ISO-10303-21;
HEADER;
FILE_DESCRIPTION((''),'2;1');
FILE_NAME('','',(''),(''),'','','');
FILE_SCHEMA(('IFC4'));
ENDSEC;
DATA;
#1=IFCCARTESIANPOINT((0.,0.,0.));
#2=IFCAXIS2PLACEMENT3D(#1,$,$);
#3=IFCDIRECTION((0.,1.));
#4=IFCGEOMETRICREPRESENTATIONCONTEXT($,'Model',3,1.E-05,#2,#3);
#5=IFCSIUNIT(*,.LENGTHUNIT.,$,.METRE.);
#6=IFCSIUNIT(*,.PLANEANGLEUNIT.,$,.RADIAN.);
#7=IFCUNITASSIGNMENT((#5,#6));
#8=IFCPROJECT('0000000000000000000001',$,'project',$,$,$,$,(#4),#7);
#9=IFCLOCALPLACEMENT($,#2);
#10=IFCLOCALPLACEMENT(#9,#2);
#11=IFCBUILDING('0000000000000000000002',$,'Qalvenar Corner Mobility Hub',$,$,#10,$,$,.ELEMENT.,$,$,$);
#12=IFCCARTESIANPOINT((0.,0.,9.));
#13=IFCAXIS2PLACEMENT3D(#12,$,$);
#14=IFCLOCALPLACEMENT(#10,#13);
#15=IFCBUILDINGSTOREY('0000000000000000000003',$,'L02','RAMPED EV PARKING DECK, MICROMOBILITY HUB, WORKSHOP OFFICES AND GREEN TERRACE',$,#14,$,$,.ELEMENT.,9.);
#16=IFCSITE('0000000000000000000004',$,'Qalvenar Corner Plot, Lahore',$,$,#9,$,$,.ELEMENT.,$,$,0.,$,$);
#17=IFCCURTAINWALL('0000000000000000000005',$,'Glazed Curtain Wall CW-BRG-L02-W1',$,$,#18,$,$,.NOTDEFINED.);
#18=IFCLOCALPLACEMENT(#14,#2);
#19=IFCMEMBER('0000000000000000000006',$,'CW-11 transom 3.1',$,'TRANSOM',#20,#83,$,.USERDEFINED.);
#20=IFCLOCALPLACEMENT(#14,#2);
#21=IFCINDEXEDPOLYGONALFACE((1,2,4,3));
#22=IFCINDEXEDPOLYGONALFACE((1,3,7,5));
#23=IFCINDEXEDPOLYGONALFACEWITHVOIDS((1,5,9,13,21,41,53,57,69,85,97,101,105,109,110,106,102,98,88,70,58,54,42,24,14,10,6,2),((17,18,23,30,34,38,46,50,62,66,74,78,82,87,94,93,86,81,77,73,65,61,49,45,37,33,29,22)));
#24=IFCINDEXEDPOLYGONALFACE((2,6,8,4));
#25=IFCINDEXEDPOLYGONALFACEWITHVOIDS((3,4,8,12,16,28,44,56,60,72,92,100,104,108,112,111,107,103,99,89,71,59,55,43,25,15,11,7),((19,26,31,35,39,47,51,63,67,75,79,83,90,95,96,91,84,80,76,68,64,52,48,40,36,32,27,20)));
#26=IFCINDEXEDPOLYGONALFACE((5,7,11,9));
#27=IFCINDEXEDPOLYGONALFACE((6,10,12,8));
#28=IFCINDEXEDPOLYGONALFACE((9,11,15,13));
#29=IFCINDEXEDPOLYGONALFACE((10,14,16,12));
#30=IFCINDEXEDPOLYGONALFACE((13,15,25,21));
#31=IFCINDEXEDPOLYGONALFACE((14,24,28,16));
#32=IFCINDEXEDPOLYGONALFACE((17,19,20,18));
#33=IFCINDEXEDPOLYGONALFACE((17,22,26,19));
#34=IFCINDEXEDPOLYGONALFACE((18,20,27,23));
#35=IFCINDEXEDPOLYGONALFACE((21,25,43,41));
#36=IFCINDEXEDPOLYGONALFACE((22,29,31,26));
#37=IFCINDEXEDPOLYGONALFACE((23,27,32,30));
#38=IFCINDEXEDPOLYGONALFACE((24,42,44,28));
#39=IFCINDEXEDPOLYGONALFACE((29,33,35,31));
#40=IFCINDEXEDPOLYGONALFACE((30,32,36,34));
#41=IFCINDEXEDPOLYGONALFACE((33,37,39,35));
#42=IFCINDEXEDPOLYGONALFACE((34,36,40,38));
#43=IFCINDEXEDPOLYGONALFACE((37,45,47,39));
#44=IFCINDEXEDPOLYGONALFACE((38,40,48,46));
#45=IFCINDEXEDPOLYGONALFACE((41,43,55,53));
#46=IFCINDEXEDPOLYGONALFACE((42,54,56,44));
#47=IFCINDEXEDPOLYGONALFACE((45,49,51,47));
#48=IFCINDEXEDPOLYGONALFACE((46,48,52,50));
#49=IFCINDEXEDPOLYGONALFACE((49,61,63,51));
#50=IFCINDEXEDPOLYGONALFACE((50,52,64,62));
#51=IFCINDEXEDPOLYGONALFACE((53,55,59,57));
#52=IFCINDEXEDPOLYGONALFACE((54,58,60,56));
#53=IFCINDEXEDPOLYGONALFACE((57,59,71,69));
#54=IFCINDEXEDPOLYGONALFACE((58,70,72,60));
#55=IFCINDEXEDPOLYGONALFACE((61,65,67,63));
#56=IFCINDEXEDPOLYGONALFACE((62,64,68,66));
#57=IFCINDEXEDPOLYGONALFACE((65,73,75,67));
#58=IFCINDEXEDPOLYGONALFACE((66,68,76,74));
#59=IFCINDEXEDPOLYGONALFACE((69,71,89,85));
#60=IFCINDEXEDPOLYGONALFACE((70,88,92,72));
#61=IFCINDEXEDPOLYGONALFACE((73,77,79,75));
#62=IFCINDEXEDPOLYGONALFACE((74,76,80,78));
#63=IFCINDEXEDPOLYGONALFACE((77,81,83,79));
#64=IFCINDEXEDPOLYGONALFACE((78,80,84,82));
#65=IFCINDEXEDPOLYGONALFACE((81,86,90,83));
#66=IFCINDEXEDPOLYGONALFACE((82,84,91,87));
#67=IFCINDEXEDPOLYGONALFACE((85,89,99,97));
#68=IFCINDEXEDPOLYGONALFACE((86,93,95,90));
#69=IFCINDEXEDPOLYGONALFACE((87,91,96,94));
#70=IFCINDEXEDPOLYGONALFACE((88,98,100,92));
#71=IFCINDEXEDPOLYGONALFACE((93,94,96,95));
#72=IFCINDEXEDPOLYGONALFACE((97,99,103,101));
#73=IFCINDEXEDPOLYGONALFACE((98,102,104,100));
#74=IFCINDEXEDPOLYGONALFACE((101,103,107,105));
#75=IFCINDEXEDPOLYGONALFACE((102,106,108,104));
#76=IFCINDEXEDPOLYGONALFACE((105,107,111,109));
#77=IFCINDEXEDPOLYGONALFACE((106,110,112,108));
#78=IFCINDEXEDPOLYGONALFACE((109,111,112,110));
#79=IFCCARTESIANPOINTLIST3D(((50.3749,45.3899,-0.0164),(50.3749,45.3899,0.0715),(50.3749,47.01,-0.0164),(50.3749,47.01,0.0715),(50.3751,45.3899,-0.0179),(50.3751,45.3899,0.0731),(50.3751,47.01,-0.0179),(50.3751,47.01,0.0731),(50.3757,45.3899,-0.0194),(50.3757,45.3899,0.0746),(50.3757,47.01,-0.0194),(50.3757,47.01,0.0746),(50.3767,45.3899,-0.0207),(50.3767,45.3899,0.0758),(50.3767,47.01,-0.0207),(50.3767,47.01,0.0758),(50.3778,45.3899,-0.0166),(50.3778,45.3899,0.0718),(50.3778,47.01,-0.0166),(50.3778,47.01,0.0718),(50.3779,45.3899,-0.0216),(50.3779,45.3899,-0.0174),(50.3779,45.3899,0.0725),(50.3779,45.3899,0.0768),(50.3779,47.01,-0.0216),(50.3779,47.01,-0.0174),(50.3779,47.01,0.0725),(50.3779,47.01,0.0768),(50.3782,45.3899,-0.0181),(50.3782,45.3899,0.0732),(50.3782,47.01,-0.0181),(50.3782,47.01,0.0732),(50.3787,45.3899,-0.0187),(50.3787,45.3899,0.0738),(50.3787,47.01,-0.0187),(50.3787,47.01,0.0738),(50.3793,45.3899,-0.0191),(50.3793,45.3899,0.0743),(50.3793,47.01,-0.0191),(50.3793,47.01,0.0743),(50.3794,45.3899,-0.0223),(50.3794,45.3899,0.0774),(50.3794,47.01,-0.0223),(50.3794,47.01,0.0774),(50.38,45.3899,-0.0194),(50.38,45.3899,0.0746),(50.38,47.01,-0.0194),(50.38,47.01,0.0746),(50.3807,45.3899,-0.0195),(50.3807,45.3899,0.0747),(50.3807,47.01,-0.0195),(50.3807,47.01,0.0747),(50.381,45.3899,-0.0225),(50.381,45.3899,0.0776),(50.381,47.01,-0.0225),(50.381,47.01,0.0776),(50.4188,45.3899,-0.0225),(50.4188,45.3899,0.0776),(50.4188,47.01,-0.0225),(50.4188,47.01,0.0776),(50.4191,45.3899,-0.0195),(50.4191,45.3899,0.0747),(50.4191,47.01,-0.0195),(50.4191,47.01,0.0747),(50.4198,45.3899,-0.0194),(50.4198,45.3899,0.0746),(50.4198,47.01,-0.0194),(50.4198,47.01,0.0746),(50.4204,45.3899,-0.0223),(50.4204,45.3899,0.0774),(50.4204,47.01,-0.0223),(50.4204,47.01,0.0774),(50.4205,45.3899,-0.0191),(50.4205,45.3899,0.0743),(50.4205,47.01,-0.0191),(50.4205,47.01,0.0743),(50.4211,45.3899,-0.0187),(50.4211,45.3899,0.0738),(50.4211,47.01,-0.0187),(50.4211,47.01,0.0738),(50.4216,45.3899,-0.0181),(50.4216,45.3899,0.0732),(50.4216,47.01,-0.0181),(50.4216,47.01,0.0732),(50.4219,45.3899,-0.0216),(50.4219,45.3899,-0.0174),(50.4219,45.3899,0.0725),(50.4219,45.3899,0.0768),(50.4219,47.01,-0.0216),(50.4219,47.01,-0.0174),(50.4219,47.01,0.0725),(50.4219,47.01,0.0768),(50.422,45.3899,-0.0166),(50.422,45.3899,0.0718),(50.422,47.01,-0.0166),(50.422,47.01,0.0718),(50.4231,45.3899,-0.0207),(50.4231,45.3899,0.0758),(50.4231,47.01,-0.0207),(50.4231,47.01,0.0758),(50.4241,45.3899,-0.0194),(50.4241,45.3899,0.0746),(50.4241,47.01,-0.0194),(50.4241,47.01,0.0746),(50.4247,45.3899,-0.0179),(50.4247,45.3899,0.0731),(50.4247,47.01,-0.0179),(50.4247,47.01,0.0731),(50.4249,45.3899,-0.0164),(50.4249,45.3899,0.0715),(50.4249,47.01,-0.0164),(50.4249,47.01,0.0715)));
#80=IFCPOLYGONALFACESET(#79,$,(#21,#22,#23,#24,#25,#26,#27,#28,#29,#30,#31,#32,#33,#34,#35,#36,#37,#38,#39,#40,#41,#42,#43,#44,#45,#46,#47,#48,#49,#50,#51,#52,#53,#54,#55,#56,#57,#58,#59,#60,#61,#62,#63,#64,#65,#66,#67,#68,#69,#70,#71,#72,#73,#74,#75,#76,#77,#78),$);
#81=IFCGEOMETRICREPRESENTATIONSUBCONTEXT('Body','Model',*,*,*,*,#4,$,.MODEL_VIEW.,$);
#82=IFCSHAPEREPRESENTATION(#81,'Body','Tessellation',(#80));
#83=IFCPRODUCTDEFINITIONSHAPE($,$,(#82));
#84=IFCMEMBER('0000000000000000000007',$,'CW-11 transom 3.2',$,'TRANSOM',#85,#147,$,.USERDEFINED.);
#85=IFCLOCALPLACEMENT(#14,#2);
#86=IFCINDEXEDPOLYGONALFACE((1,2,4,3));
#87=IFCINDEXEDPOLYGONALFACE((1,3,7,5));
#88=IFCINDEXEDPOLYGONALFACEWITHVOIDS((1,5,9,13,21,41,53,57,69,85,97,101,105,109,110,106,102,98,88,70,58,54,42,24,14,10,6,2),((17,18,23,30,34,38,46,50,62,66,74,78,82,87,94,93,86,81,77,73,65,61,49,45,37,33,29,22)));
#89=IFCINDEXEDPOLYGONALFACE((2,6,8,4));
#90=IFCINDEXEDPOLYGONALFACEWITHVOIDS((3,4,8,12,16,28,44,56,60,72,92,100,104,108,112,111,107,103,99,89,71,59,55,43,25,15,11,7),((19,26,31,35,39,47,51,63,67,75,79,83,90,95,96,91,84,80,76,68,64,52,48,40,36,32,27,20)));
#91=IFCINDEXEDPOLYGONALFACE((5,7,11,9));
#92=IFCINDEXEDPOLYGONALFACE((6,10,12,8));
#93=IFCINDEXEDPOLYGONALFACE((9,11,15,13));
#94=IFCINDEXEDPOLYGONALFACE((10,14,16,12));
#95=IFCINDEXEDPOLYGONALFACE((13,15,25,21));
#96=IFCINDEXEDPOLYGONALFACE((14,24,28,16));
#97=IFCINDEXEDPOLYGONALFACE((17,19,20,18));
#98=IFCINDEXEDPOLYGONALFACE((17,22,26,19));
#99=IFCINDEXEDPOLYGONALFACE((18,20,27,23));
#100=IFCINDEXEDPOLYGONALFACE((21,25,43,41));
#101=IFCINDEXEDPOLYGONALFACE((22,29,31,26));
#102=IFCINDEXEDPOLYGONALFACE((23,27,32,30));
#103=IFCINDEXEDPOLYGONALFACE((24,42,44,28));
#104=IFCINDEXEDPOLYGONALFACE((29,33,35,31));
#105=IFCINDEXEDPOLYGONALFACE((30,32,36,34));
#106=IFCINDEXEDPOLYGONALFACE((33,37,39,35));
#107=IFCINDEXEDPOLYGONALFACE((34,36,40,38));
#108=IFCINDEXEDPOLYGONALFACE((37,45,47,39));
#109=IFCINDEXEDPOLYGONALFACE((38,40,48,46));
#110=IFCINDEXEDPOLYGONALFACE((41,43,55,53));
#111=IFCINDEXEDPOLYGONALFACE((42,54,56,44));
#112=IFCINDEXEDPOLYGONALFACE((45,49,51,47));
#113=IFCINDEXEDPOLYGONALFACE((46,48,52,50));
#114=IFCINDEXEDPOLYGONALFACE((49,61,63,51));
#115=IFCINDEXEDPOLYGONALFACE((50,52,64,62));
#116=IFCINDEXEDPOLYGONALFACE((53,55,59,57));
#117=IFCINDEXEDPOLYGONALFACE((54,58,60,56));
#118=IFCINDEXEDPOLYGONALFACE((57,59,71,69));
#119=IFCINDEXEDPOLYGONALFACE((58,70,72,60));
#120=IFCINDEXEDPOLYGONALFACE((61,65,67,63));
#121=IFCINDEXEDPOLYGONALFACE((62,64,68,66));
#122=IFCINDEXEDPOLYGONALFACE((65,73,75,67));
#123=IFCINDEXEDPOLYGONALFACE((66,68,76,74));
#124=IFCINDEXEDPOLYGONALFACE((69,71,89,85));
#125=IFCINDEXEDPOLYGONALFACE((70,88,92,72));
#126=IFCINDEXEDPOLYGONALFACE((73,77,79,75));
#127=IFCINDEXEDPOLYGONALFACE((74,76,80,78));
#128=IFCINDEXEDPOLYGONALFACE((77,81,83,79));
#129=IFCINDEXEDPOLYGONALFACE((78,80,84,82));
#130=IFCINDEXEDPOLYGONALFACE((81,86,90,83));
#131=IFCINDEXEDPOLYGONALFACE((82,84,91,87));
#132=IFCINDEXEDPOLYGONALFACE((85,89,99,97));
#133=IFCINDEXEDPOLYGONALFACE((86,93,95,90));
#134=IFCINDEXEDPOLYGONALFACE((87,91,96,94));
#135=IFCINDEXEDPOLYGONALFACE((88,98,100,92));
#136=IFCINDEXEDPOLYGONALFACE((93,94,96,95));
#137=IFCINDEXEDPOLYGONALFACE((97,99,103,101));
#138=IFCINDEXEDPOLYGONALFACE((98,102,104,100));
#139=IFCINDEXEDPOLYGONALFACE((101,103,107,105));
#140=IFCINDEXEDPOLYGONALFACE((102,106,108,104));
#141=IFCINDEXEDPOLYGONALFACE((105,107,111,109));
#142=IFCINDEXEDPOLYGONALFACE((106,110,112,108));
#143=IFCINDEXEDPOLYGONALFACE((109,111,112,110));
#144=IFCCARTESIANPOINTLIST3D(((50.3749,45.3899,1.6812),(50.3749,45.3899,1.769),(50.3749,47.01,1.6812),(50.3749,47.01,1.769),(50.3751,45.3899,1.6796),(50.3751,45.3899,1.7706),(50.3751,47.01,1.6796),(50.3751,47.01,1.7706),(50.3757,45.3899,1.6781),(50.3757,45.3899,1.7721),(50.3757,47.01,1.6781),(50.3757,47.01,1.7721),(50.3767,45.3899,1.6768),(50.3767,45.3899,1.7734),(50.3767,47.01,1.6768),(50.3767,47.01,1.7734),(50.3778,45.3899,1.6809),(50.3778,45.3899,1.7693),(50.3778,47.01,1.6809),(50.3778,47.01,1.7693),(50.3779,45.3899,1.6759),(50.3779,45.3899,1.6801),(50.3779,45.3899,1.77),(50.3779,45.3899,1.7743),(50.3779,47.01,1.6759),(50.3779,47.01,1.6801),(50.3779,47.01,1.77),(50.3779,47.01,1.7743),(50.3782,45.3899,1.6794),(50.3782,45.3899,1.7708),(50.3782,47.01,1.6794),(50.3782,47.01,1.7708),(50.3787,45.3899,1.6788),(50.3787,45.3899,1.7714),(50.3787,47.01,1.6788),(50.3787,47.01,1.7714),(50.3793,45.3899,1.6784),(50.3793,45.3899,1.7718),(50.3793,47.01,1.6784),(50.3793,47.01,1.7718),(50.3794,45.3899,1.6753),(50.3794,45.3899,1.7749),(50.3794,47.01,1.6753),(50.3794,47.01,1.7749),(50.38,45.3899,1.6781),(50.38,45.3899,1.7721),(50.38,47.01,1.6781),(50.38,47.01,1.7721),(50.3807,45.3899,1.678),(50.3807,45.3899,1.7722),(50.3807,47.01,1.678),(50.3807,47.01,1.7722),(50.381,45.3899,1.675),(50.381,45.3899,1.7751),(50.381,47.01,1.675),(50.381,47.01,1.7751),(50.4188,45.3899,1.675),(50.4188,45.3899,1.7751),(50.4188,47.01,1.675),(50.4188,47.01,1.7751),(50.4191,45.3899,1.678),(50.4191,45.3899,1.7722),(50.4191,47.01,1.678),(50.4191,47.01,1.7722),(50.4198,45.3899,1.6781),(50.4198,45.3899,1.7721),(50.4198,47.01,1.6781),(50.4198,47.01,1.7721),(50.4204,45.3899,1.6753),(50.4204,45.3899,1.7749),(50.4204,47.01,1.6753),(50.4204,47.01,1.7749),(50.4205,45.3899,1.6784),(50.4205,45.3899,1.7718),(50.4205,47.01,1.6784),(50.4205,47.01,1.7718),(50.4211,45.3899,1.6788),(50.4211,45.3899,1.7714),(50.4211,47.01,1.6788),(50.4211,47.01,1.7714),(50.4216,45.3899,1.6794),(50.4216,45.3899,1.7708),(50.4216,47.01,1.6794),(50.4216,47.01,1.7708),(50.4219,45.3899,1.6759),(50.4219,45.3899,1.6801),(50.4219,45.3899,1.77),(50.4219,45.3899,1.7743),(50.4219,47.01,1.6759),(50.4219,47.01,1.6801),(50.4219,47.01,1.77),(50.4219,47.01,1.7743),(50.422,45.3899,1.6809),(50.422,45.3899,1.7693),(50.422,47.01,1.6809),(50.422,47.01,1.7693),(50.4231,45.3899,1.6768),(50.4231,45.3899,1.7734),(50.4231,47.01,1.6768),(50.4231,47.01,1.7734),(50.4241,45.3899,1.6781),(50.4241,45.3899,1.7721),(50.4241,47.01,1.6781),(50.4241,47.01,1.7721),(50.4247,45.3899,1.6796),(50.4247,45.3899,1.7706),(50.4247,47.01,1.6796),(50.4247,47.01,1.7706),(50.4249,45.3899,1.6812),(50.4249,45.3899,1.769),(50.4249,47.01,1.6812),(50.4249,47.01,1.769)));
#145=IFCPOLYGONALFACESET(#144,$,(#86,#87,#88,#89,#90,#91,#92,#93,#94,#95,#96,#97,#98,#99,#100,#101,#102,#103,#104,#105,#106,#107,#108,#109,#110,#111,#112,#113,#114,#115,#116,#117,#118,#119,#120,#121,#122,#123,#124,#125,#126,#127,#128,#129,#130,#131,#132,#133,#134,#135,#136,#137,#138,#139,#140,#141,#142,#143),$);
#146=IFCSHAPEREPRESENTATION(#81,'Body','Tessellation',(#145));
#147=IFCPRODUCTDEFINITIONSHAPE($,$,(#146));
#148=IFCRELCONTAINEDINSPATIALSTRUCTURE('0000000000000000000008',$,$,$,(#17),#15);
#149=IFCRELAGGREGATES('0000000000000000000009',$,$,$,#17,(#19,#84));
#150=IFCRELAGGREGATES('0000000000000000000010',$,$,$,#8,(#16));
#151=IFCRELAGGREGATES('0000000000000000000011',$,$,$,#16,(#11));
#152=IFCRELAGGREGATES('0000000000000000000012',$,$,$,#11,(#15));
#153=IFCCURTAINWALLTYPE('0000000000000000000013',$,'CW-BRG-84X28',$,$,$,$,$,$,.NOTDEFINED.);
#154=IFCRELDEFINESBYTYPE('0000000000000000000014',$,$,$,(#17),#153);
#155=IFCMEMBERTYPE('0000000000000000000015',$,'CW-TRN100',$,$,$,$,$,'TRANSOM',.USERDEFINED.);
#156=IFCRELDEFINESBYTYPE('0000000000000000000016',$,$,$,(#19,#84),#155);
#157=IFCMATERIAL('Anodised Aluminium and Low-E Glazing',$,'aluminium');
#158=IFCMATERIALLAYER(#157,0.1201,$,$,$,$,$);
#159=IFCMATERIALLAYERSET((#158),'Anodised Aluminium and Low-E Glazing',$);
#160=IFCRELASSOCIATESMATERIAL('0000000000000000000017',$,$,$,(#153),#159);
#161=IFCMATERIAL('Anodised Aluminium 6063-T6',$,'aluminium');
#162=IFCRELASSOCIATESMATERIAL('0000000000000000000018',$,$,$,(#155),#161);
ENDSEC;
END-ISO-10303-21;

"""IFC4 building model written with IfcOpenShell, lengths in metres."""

from ifc_helpers import new_model, si_unit, direction, frame, origin, origin_2d, place, context, subcontext, project, spatial, hollow_rectangle, extrude, material, layer, layer_set, material_profile, profile_set, type_object, element, aggregate, save


model = new_model("IFC4")

# Units and contexts
model_context = context("Model", 3, precision=1e-05, world=origin(), true_north=direction((0.0, 1.0)))
body_context = subcontext(model_context, "Body", "Model", "MODEL_VIEW")
ifc_project = project(units=[si_unit("LENGTHUNIT", "METRE"), si_unit("PLANEANGLEUNIT", "RADIAN")], contexts=[model_context])

# Site, building, storey
site_placement = place(None, origin())
site = spatial("IfcSite", under=ifc_project, at=site_placement, Name="Qalvenar Corner Plot, Lahore", CompositionType="ELEMENT", RefElevation=0.0)
building_placement = place(site_placement, origin())
building = spatial("IfcBuilding", under=site, at=building_placement, Name="Qalvenar Corner Mobility Hub", CompositionType="ELEMENT")
storey_placement = place(building_placement, frame((0.0, 0.0, 9.0)))
storey = spatial("IfcBuildingStorey", under=building, at=storey_placement, Name="L02", Description="RAMPED EV PARKING DECK, MICROMOBILITY HUB, WORKSHOP OFFICES AND GREEN TERRACE", CompositionType="ELEMENT", Elevation=9.0)

# Curtain wall, members
ifc_material_1 = material(Name="Anodised Aluminium and Low-E Glazing", Category="aluminium")
ifc_layer_1 = layer(ifc_material_1, 0.1201)
ifc_layer_set_1 = layer_set([ifc_layer_1], Name="Anodised Aluminium and Low-E Glazing")
curtain_wall_type = type_object("IfcCurtainWallType", Name="CW-BRG-84X28", PredefinedType="NOTDEFINED", material=ifc_layer_set_1)
curtain_wall_placement = place(storey_placement, origin())
curtain_wall = element("IfcCurtainWall", 1, at=curtain_wall_placement, inside=storey, type_object=curtain_wall_type, Name="Glazed Curtain Wall CW-BRG-L02-W1", PredefinedType="NOTDEFINED")
ifc_material_2 = material(Name="Anodised Aluminium 6063-T6", Category="aluminium")
ifc_material_profile_1 = material_profile(ifc_material_2, hollow_rectangle(XDim=0.05, YDim=0.1001, WallThickness=0.0029, InnerFilletRadius=0.0029, OuterFilletRadius=0.0061, at=origin_2d()), Name="RHS100x50x3")
ifc_profile_set_1 = profile_set([ifc_material_profile_1], Name="Anodised Aluminium 6063-T6")
member_type_1 = type_object("IfcMemberType", Name="CW-TRN100", ElementType="TRANSOM", PredefinedType="USERDEFINED", material=ifc_profile_set_1)
member_1_placement = place(storey_placement, frame((50.3999, 47.01, 0.0276), z_axis=(0.0, -1.0, 0.0), x_axis=(1.0, 0.0, 0.0)))
member_1 = element("IfcMember", 2, at=member_1_placement, type_object=member_type_1, Name="CW-11 transom 3.1", ObjectType="TRANSOM", PredefinedType="USERDEFINED", context=body_context, shape_type="SweptSolid", body=[
    extrude(hollow_rectangle(XDim=0.05, YDim=0.1001, WallThickness=0.0029, InnerFilletRadius=0.0029, OuterFilletRadius=0.0061, at=origin_2d()), origin(), (0.0, 0.0, 1.0), 1.6201),
])
member_2_placement = place(storey_placement, frame((50.3999, 47.01, 1.7251), z_axis=(0.0, -1.0, 0.0), x_axis=(1.0, 0.0, 0.0)))
member_2 = element("IfcMember", 3, at=member_2_placement, type_object=member_type_1, Name="CW-11 transom 3.2", ObjectType="TRANSOM", PredefinedType="USERDEFINED", context=body_context, shape_type="SweptSolid", body=[
    extrude(hollow_rectangle(XDim=0.05, YDim=0.1001, WallThickness=0.0029, InnerFilletRadius=0.0029, OuterFilletRadius=0.0061, at=origin_2d()), origin(), (0.0, 0.0, 1.0), 1.6201),
])
aggregate(curtain_wall, [member_1, member_2])

save(model, "model.ifc")
